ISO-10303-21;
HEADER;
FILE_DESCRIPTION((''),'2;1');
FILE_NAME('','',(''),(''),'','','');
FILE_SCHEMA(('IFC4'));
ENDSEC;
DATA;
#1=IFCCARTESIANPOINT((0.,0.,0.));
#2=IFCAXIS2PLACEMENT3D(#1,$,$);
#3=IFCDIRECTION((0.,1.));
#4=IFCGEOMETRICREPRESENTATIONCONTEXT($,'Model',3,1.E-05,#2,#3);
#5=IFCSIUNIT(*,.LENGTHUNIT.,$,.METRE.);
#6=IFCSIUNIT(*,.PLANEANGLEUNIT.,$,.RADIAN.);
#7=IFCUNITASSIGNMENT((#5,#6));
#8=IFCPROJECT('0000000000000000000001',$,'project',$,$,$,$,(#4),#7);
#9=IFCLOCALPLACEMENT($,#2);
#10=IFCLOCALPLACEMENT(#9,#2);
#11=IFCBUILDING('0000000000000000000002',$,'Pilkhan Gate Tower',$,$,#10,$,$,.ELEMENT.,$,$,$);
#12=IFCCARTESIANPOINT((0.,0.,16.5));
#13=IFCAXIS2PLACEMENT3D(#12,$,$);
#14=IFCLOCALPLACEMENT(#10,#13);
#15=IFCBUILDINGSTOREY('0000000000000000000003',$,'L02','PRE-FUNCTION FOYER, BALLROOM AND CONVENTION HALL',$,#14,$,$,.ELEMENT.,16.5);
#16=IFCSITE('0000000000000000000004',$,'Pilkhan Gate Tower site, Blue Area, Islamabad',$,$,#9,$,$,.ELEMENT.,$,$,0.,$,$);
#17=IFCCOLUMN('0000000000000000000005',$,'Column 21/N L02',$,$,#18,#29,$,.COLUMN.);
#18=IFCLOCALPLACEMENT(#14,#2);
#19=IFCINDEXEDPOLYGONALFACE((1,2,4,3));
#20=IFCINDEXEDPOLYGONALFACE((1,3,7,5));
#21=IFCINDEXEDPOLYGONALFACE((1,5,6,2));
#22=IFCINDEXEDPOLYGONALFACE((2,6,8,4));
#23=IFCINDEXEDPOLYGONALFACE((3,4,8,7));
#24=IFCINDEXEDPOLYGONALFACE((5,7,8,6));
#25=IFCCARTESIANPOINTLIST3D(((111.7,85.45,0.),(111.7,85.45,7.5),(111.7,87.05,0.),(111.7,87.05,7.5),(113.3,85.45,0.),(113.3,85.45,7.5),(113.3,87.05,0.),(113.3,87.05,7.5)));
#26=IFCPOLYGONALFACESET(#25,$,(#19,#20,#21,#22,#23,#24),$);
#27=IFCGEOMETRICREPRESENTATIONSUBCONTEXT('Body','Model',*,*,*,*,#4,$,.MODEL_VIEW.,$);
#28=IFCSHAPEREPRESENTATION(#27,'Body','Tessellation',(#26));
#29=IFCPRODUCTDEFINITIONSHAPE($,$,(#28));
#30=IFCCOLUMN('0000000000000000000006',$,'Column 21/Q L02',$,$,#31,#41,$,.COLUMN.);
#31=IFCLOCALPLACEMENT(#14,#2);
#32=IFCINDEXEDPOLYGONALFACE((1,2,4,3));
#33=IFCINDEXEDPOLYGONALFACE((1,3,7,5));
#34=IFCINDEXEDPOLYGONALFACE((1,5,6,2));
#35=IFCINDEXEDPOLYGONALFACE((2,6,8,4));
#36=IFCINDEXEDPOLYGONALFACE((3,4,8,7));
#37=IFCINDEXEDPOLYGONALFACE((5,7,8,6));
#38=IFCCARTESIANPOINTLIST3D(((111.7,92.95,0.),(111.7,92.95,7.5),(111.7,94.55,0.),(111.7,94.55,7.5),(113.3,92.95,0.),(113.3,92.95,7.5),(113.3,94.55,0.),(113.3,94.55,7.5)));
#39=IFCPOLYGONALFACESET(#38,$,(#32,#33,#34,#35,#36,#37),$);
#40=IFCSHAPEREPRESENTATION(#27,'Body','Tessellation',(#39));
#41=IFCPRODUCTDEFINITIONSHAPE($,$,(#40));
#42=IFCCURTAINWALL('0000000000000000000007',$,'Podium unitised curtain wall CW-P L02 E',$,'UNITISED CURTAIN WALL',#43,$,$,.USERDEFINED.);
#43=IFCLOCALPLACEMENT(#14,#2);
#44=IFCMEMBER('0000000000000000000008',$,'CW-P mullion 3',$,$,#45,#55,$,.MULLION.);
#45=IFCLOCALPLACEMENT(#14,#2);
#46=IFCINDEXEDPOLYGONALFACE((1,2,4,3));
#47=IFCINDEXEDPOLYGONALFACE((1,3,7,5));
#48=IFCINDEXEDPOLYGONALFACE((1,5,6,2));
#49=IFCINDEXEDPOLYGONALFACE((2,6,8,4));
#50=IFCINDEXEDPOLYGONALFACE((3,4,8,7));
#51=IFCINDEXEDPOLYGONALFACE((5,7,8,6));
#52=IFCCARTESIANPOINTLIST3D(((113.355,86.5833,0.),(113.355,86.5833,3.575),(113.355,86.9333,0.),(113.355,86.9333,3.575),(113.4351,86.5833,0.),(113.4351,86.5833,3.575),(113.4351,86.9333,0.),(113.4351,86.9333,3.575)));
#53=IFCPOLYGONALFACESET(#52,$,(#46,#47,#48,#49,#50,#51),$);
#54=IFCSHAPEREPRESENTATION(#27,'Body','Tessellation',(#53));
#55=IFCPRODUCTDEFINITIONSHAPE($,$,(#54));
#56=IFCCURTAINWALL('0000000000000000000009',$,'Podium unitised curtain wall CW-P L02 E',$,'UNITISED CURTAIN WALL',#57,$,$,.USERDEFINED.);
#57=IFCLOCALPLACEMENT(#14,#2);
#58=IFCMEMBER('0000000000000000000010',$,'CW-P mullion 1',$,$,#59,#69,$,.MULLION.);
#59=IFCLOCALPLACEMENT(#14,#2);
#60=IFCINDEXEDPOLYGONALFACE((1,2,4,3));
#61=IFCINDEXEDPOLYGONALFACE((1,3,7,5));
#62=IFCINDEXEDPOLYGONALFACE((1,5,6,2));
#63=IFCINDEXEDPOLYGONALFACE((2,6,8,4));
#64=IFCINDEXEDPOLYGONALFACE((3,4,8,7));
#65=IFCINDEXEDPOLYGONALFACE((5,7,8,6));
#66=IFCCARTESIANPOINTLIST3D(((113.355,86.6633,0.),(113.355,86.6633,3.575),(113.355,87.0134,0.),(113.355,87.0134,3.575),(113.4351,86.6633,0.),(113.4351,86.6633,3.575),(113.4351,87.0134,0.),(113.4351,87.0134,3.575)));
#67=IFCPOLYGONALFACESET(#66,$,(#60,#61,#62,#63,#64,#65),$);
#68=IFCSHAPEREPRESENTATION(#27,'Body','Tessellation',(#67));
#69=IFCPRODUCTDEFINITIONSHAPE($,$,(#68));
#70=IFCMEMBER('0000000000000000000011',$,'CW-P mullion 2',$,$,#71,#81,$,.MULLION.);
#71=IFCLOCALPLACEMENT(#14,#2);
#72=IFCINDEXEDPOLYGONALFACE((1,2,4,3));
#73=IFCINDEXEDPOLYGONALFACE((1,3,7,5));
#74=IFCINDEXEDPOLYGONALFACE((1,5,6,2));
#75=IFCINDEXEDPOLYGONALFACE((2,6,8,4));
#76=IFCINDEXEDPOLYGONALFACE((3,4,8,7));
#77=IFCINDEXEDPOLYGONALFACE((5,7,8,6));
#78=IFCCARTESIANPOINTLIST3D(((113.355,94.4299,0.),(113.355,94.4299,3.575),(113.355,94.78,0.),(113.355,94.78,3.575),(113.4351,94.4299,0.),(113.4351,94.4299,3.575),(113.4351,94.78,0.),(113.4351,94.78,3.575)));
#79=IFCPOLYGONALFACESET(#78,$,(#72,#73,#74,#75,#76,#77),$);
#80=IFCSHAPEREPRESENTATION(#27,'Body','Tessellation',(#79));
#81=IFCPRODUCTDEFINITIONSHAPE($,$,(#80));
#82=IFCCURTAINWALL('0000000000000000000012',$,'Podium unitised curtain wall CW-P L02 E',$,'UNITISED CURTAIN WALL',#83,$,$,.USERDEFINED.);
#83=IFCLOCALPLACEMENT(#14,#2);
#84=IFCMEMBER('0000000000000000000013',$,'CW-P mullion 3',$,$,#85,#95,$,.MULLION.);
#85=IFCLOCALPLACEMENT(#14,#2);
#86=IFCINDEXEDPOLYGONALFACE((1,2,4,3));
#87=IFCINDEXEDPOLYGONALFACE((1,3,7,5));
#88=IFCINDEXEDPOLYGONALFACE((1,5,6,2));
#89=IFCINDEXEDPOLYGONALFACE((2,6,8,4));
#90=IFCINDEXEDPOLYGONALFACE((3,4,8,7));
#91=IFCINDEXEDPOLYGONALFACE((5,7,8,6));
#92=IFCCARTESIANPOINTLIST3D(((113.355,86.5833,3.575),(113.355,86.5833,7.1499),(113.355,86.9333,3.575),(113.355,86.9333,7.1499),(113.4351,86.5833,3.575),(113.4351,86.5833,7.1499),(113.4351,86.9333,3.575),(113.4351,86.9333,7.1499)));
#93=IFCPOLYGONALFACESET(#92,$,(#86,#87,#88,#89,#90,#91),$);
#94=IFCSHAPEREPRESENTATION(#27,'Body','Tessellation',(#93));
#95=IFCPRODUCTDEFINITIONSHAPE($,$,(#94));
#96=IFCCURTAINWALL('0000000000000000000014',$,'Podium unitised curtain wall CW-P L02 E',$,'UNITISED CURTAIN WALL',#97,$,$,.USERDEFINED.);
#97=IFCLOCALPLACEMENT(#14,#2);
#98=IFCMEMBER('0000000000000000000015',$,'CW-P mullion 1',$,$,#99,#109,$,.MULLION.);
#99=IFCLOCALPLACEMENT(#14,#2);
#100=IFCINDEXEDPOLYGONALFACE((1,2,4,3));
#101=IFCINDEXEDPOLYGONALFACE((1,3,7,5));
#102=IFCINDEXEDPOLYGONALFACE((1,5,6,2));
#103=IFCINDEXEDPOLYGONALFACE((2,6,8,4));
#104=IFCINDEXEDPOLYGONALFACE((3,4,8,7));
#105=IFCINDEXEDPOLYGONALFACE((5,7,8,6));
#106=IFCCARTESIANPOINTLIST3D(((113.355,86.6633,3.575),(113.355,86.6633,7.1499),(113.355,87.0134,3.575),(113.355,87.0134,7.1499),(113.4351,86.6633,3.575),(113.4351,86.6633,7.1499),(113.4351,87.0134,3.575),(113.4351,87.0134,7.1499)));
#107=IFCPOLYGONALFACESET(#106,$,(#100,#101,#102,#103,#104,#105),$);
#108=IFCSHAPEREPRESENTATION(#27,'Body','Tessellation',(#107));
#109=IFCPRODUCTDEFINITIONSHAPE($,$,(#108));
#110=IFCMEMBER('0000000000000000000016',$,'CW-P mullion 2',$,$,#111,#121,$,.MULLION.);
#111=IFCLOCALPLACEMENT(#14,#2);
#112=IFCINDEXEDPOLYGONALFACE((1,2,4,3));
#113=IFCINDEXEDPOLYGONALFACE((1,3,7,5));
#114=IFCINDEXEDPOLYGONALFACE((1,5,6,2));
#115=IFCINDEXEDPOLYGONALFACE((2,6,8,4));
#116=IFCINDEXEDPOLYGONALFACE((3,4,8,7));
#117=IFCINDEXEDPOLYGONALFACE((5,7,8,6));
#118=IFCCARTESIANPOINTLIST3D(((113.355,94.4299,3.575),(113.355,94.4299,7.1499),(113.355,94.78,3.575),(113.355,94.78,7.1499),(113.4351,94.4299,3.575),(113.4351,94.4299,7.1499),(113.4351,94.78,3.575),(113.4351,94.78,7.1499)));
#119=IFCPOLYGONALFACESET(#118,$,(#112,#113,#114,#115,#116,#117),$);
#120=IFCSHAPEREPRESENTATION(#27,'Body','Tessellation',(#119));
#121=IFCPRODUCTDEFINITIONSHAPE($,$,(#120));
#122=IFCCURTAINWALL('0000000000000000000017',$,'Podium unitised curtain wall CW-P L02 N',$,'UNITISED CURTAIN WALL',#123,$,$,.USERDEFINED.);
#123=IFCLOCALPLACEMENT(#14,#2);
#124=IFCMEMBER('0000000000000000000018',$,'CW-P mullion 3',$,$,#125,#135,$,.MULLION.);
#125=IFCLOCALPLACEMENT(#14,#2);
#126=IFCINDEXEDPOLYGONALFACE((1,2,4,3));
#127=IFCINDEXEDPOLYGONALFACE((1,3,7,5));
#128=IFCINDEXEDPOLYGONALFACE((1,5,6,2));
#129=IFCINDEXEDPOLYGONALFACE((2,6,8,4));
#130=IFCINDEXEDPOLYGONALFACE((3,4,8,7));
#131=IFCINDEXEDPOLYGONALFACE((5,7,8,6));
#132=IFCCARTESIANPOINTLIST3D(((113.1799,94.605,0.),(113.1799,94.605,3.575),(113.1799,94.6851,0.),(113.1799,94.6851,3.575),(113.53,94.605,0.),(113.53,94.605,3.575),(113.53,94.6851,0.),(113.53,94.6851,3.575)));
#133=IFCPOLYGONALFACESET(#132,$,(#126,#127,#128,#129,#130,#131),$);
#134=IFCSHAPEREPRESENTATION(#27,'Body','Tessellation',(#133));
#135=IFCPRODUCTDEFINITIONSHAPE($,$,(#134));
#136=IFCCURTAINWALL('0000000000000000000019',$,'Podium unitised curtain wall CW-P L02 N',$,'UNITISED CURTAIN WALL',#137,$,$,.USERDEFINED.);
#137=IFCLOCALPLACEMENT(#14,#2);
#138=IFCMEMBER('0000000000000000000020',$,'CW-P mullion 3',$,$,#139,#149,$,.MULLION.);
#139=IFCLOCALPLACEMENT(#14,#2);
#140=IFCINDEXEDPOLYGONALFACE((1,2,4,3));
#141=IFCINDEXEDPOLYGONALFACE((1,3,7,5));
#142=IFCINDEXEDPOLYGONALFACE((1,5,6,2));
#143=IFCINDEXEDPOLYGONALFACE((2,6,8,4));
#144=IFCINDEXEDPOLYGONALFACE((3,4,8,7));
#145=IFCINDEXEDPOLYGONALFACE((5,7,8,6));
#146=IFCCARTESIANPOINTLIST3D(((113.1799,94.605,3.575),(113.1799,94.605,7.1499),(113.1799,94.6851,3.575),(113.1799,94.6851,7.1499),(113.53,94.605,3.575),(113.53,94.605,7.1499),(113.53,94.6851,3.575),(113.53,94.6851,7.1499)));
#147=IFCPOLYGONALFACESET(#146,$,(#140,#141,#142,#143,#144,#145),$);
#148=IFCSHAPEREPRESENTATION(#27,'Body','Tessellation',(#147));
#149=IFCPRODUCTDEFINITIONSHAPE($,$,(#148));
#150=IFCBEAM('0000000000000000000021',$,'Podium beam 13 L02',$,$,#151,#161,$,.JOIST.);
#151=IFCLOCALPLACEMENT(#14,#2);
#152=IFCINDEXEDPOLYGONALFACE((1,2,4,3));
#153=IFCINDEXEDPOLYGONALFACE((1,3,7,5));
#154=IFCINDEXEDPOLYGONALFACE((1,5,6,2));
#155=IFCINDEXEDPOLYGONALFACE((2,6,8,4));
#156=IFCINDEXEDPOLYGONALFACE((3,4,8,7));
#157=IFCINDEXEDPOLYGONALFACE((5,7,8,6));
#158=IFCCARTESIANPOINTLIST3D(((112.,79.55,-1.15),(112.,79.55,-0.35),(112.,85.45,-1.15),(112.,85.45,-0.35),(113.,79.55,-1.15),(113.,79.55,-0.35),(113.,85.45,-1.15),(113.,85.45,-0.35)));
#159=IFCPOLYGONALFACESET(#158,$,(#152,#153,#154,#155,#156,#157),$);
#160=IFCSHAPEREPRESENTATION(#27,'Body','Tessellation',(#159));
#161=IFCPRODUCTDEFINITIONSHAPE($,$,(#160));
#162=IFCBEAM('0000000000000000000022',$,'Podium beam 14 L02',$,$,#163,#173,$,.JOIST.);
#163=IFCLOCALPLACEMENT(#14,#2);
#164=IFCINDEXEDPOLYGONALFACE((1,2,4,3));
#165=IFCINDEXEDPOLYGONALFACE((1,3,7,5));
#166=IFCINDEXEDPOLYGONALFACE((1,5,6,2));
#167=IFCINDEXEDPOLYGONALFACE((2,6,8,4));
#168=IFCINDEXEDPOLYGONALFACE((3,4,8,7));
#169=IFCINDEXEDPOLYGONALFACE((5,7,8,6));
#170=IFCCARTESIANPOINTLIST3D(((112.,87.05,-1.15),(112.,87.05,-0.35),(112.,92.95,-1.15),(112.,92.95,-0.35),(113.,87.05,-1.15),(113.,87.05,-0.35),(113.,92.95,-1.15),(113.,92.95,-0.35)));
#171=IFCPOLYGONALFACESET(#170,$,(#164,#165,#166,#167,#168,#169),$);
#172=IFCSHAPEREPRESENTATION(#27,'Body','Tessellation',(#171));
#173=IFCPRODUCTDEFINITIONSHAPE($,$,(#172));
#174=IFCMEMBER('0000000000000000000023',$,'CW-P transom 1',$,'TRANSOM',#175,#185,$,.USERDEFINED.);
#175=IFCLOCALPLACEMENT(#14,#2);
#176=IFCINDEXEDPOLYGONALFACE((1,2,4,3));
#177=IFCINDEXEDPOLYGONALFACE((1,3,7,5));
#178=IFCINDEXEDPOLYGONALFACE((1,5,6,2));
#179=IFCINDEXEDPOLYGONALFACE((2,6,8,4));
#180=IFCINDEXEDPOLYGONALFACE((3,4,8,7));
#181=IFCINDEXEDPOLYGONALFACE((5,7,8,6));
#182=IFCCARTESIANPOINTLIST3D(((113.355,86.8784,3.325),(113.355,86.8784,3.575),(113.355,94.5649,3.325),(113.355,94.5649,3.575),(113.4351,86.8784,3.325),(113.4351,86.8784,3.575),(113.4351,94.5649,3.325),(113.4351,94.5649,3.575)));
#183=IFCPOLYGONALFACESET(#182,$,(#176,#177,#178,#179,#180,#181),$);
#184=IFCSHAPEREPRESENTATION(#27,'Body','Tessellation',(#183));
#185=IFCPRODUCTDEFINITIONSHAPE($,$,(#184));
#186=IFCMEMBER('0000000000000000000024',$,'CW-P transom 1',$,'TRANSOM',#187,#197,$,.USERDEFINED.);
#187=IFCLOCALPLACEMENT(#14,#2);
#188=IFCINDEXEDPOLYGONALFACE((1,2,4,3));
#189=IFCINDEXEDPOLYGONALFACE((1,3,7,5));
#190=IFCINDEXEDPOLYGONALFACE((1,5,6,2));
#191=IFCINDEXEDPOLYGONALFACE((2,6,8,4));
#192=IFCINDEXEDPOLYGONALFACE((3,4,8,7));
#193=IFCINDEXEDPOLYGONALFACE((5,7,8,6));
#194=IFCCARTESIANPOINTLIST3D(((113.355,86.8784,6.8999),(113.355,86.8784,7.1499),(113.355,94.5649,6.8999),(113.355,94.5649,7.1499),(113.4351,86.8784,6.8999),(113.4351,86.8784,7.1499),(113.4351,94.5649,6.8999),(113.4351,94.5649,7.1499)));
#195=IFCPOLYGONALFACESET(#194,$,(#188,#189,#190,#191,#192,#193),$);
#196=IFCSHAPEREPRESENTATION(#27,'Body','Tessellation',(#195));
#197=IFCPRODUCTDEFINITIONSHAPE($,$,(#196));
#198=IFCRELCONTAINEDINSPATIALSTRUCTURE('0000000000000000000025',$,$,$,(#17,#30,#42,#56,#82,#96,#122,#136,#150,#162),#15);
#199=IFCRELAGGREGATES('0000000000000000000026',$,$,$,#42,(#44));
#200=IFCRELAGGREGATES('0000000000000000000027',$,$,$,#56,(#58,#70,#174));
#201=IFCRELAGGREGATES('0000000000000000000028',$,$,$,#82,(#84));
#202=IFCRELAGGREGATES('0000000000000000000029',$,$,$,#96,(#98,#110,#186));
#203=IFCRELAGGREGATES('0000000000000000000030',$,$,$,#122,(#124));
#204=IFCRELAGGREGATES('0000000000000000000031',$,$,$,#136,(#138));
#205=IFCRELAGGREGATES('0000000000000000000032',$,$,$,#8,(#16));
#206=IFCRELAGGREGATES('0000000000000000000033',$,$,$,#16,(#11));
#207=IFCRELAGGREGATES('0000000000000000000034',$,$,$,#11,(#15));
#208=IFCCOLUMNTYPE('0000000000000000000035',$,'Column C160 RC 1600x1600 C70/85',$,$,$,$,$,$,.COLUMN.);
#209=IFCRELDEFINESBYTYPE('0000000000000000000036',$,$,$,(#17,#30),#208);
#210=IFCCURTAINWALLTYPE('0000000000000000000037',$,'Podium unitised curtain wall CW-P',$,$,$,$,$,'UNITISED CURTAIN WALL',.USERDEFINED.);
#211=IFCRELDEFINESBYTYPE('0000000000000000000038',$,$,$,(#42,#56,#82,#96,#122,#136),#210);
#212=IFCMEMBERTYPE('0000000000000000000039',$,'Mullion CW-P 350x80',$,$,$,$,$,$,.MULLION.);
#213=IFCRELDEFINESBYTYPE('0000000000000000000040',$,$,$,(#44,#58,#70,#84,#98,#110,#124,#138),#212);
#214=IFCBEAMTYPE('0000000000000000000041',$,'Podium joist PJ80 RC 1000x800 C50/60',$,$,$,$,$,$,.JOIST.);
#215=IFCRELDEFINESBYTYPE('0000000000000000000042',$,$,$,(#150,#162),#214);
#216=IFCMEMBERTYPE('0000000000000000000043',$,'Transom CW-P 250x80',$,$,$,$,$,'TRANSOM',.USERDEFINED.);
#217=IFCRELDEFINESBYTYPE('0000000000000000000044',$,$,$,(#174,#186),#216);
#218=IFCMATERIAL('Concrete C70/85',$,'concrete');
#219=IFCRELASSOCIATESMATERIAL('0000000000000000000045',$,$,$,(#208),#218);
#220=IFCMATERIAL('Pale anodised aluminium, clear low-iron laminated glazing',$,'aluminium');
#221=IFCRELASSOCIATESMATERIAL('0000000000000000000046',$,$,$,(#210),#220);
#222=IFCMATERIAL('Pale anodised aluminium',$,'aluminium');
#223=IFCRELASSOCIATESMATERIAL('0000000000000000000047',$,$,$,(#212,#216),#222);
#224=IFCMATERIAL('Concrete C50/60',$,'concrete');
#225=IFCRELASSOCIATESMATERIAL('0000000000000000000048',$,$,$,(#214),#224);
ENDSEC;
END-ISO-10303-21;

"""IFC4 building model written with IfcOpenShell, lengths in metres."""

from ifc_helpers import new_model, si_unit, direction, frame, origin, origin_2d, place, context, subcontext, project, spatial, rectangle, extrude, material, material_profile, profile_set, type_object, element, aggregate, save


model = new_model("IFC4")

# Units and contexts
model_context = context("Model", 3, precision=1e-05, world=origin(), true_north=direction((0.0, 1.0)))
body_context = subcontext(model_context, "Body", "Model", "MODEL_VIEW")
ifc_project = project(units=[si_unit("LENGTHUNIT", "METRE"), si_unit("PLANEANGLEUNIT", "RADIAN")], contexts=[model_context])

# Site, building, storey
site_placement = place(None, origin())
site = spatial("IfcSite", under=ifc_project, at=site_placement, Name="Pilkhan Gate Tower site, Blue Area, Islamabad", CompositionType="ELEMENT", RefElevation=0.0)
building_placement = place(site_placement, origin())
building = spatial("IfcBuilding", under=site, at=building_placement, Name="Pilkhan Gate Tower", CompositionType="ELEMENT")
storey_placement = place(building_placement, frame((0.0, 0.0, 16.5)))
storey = spatial("IfcBuildingStorey", under=building, at=storey_placement, Name="L02", Description="PRE-FUNCTION FOYER, BALLROOM AND CONVENTION HALL", CompositionType="ELEMENT", Elevation=16.5)

# Columns
ifc_material_1 = material(Name="Concrete C70/85", Category="concrete")
ifc_material_profile_1 = material_profile(ifc_material_1, rectangle(XDim=1.6001, YDim=1.6001, at=origin_2d()), Name="RC 1600x1600")
ifc_profile_set_1 = profile_set([ifc_material_profile_1], Name="Concrete C70/85")
column_type = type_object("IfcColumnType", Name="Column C160 RC 1600x1600 C70/85", PredefinedType="COLUMN", material=ifc_profile_set_1)
for number, where, z_axis, x_axis, name in (
    (1, (112.5, 86.25, 0.0), (0.0, 0.0, 1.0), (1.0, 0.0, 0.0), "Column 21/N L02"),
    (2, (112.5, 93.75, 0.0), (0.0, 0.0, 1.0), (1.0, 0.0, 0.0), "Column 21/Q L02"),
):
    element("IfcColumn", number, at=place(storey_placement, frame(where, z_axis=z_axis, x_axis=x_axis)), inside=storey, type_object=column_type, Name=name, PredefinedType="COLUMN", context=body_context, shape_type="SweptSolid", body=[
        extrude(rectangle(XDim=1.6001, YDim=1.6001, at=origin_2d()), origin(), (0.0, 0.0, 1.0), 7.5),
    ])

# Curtain wall, member
ifc_material_2 = material(Name="Pale anodised aluminium, clear low-iron laminated glazing", Category="aluminium")
curtain_wall_type = type_object("IfcCurtainWallType", Name="Podium unitised curtain wall CW-P", ElementType="UNITISED CURTAIN WALL", PredefinedType="USERDEFINED", material=ifc_material_2)
curtain_wall_1_placement = place(storey_placement, origin())
curtain_wall_1 = element("IfcCurtainWall", 3, at=curtain_wall_1_placement, inside=storey, type_object=curtain_wall_type, Name="Podium unitised curtain wall CW-P L02 E", ObjectType="UNITISED CURTAIN WALL", PredefinedType="USERDEFINED")
ifc_material_3 = material(Name="Pale anodised aluminium", Category="aluminium")
ifc_material_profile_2 = material_profile(ifc_material_3, rectangle(XDim=0.0801, YDim=0.3501, at=origin_2d()), Name="Mullion 350x80")
ifc_profile_set_2 = profile_set([ifc_material_profile_2], Name="Pale anodised aluminium")
member_type_1 = type_object("IfcMemberType", Name="Mullion CW-P 350x80", PredefinedType="MULLION", material=ifc_profile_set_2)
member_1_placement = place(storey_placement, frame((113.395, 86.7583, 0.0), z_axis=(0.0, 0.0, 1.0), x_axis=(-1.0, 0.0, 0.0)))
member_1 = element("IfcMember", 4, at=member_1_placement, type_object=member_type_1, Name="CW-P mullion 3", PredefinedType="MULLION", context=body_context, shape_type="SweptSolid", body=[
    extrude(rectangle(XDim=0.0801, YDim=0.3501, at=origin_2d()), origin(), (0.0, 0.0, 1.0), 3.575),
])

# Curtain wall, members
curtain_wall_2_placement = place(storey_placement, origin())
curtain_wall_2 = element("IfcCurtainWall", 5, at=curtain_wall_2_placement, inside=storey, type_object=curtain_wall_type, Name="Podium unitised curtain wall CW-P L02 E", ObjectType="UNITISED CURTAIN WALL", PredefinedType="USERDEFINED")
member_2_placement = place(storey_placement, frame((113.395, 86.8384, 0.0), z_axis=(0.0, 0.0, 1.0), x_axis=(-1.0, 0.0, 0.0)))
member_2 = element("IfcMember", 6, at=member_2_placement, type_object=member_type_1, Name="CW-P mullion 1", PredefinedType="MULLION", context=body_context, shape_type="SweptSolid", body=[
    extrude(rectangle(XDim=0.0801, YDim=0.3501, at=origin_2d()), origin(), (0.0, 0.0, 1.0), 3.575),
])
member_3_placement = place(storey_placement, frame((113.395, 94.605, 0.0), z_axis=(0.0, 0.0, 1.0), x_axis=(-1.0, 0.0, 0.0)))
member_3 = element("IfcMember", 7, at=member_3_placement, type_object=member_type_1, Name="CW-P mullion 2", PredefinedType="MULLION", context=body_context, shape_type="SweptSolid", body=[
    extrude(rectangle(XDim=0.0801, YDim=0.3501, at=origin_2d()), origin(), (0.0, 0.0, 1.0), 3.575),
])

# Curtain wall, member
curtain_wall_3_placement = place(storey_placement, origin())
curtain_wall_3 = element("IfcCurtainWall", 8, at=curtain_wall_3_placement, inside=storey, type_object=curtain_wall_type, Name="Podium unitised curtain wall CW-P L02 E", ObjectType="UNITISED CURTAIN WALL", PredefinedType="USERDEFINED")
member_4_placement = place(storey_placement, frame((113.395, 86.7583, 3.575), z_axis=(0.0, 0.0, 1.0), x_axis=(-1.0, 0.0, 0.0)))
member_4 = element("IfcMember", 9, at=member_4_placement, type_object=member_type_1, Name="CW-P mullion 3", PredefinedType="MULLION", context=body_context, shape_type="SweptSolid", body=[
    extrude(rectangle(XDim=0.0801, YDim=0.3501, at=origin_2d()), origin(), (0.0, 0.0, 1.0), 3.575),
])

# Curtain wall, members
curtain_wall_4_placement = place(storey_placement, origin())
curtain_wall_4 = element("IfcCurtainWall", 10, at=curtain_wall_4_placement, inside=storey, type_object=curtain_wall_type, Name="Podium unitised curtain wall CW-P L02 E", ObjectType="UNITISED CURTAIN WALL", PredefinedType="USERDEFINED")
member_5_placement = place(storey_placement, frame((113.395, 86.8384, 3.575), z_axis=(0.0, 0.0, 1.0), x_axis=(-1.0, 0.0, 0.0)))
member_5 = element("IfcMember", 11, at=member_5_placement, type_object=member_type_1, Name="CW-P mullion 1", PredefinedType="MULLION", context=body_context, shape_type="SweptSolid", body=[
    extrude(rectangle(XDim=0.0801, YDim=0.3501, at=origin_2d()), origin(), (0.0, 0.0, 1.0), 3.575),
])
member_6_placement = place(storey_placement, frame((113.395, 94.605, 3.575), z_axis=(0.0, 0.0, 1.0), x_axis=(-1.0, 0.0, 0.0)))
member_6 = element("IfcMember", 12, at=member_6_placement, type_object=member_type_1, Name="CW-P mullion 2", PredefinedType="MULLION", context=body_context, shape_type="SweptSolid", body=[
    extrude(rectangle(XDim=0.0801, YDim=0.3501, at=origin_2d()), origin(), (0.0, 0.0, 1.0), 3.575),
])

# Curtain walls, members
curtain_wall_5_placement = place(storey_placement, origin())
curtain_wall_5 = element("IfcCurtainWall", 13, at=curtain_wall_5_placement, inside=storey, type_object=curtain_wall_type, Name="Podium unitised curtain wall CW-P L02 N", ObjectType="UNITISED CURTAIN WALL", PredefinedType="USERDEFINED")
member_7_placement = place(storey_placement, frame((113.355, 94.645, 0.0), z_axis=(0.0, 0.0, 1.0), x_axis=(0.0, 1.0, 0.0)))
member_7 = element("IfcMember", 14, at=member_7_placement, type_object=member_type_1, Name="CW-P mullion 3", PredefinedType="MULLION", context=body_context, shape_type="SweptSolid", body=[
    extrude(rectangle(XDim=0.0801, YDim=0.3501, at=origin_2d()), origin(), (0.0, 0.0, 1.0), 3.575),
])
curtain_wall_6_placement = place(storey_placement, origin())
curtain_wall_6 = element("IfcCurtainWall", 15, at=curtain_wall_6_placement, inside=storey, type_object=curtain_wall_type, Name="Podium unitised curtain wall CW-P L02 N", ObjectType="UNITISED CURTAIN WALL", PredefinedType="USERDEFINED")
member_8_placement = place(storey_placement, frame((113.355, 94.645, 3.575), z_axis=(0.0, 0.0, 1.0), x_axis=(0.0, 1.0, 0.0)))
member_8 = element("IfcMember", 16, at=member_8_placement, type_object=member_type_1, Name="CW-P mullion 3", PredefinedType="MULLION", context=body_context, shape_type="SweptSolid", body=[
    extrude(rectangle(XDim=0.0801, YDim=0.3501, at=origin_2d()), origin(), (0.0, 0.0, 1.0), 3.575),
])

# Beams
ifc_material_4 = material(Name="Concrete C50/60", Category="concrete")
ifc_material_profile_3 = material_profile(ifc_material_4, rectangle(XDim=1.0, YDim=0.8, at=origin_2d()), Name="RC 1000x800")
ifc_profile_set_3 = profile_set([ifc_material_profile_3], Name="Concrete C50/60")
beam_type = type_object("IfcBeamType", Name="Podium joist PJ80 RC 1000x800 C50/60", PredefinedType="JOIST", material=ifc_profile_set_3)
for number, where, z_axis, x_axis, name in (
    (17, (112.5, 79.55, -0.75), (0.0, 1.0, 0.0), (-1.0, 0.0, 0.0), "Podium beam 13 L02"),
    (18, (112.5, 87.05, -0.75), (0.0, 1.0, 0.0), (-1.0, 0.0, 0.0), "Podium beam 14 L02"),
):
    element("IfcBeam", number, at=place(storey_placement, frame(where, z_axis=z_axis, x_axis=x_axis)), inside=storey, type_object=beam_type, Name=name, PredefinedType="JOIST", context=body_context, shape_type="SweptSolid", body=[
        extrude(rectangle(XDim=1.0, YDim=0.8, at=origin_2d()), origin(), (0.0, 0.0, 1.0), 5.8999),
    ])

# Members
ifc_material_profile_4 = material_profile(ifc_material_3, rectangle(XDim=0.0801, YDim=0.25, at=origin_2d()), Name="Transom 250x80")
ifc_profile_set_4 = profile_set([ifc_material_profile_4], Name="Pale anodised aluminium")
member_type_2 = type_object("IfcMemberType", Name="Transom CW-P 250x80", ElementType="TRANSOM", PredefinedType="USERDEFINED", material=ifc_profile_set_4)
member_9_placement = place(storey_placement, frame((113.395, 86.8784, 3.45), z_axis=(0.0, 1.0, 0.0), x_axis=(-1.0, 0.0, 0.0)))
member_9 = element("IfcMember", 19, at=member_9_placement, type_object=member_type_2, Name="CW-P transom 1", ObjectType="TRANSOM", PredefinedType="USERDEFINED", context=body_context, shape_type="SweptSolid", body=[
    extrude(rectangle(XDim=0.0801, YDim=0.25, at=origin_2d()), origin(), (0.0, 0.0, 1.0), 7.6865),
])
member_10_placement = place(storey_placement, frame((113.395, 86.8784, 7.0249), z_axis=(0.0, 1.0, 0.0), x_axis=(-1.0, 0.0, 0.0)))
member_10 = element("IfcMember", 20, at=member_10_placement, type_object=member_type_2, Name="CW-P transom 1", ObjectType="TRANSOM", PredefinedType="USERDEFINED", context=body_context, shape_type="SweptSolid", body=[
    extrude(rectangle(XDim=0.0801, YDim=0.25, at=origin_2d()), origin(), (0.0, 0.0, 1.0), 7.6865),
])

aggregate(curtain_wall_1, [member_1])
aggregate(curtain_wall_2, [member_2, member_3, member_9])
aggregate(curtain_wall_3, [member_4])
aggregate(curtain_wall_4, [member_5, member_6, member_10])
aggregate(curtain_wall_5, [member_7])
aggregate(curtain_wall_6, [member_8])

save(model, "model.ifc")
